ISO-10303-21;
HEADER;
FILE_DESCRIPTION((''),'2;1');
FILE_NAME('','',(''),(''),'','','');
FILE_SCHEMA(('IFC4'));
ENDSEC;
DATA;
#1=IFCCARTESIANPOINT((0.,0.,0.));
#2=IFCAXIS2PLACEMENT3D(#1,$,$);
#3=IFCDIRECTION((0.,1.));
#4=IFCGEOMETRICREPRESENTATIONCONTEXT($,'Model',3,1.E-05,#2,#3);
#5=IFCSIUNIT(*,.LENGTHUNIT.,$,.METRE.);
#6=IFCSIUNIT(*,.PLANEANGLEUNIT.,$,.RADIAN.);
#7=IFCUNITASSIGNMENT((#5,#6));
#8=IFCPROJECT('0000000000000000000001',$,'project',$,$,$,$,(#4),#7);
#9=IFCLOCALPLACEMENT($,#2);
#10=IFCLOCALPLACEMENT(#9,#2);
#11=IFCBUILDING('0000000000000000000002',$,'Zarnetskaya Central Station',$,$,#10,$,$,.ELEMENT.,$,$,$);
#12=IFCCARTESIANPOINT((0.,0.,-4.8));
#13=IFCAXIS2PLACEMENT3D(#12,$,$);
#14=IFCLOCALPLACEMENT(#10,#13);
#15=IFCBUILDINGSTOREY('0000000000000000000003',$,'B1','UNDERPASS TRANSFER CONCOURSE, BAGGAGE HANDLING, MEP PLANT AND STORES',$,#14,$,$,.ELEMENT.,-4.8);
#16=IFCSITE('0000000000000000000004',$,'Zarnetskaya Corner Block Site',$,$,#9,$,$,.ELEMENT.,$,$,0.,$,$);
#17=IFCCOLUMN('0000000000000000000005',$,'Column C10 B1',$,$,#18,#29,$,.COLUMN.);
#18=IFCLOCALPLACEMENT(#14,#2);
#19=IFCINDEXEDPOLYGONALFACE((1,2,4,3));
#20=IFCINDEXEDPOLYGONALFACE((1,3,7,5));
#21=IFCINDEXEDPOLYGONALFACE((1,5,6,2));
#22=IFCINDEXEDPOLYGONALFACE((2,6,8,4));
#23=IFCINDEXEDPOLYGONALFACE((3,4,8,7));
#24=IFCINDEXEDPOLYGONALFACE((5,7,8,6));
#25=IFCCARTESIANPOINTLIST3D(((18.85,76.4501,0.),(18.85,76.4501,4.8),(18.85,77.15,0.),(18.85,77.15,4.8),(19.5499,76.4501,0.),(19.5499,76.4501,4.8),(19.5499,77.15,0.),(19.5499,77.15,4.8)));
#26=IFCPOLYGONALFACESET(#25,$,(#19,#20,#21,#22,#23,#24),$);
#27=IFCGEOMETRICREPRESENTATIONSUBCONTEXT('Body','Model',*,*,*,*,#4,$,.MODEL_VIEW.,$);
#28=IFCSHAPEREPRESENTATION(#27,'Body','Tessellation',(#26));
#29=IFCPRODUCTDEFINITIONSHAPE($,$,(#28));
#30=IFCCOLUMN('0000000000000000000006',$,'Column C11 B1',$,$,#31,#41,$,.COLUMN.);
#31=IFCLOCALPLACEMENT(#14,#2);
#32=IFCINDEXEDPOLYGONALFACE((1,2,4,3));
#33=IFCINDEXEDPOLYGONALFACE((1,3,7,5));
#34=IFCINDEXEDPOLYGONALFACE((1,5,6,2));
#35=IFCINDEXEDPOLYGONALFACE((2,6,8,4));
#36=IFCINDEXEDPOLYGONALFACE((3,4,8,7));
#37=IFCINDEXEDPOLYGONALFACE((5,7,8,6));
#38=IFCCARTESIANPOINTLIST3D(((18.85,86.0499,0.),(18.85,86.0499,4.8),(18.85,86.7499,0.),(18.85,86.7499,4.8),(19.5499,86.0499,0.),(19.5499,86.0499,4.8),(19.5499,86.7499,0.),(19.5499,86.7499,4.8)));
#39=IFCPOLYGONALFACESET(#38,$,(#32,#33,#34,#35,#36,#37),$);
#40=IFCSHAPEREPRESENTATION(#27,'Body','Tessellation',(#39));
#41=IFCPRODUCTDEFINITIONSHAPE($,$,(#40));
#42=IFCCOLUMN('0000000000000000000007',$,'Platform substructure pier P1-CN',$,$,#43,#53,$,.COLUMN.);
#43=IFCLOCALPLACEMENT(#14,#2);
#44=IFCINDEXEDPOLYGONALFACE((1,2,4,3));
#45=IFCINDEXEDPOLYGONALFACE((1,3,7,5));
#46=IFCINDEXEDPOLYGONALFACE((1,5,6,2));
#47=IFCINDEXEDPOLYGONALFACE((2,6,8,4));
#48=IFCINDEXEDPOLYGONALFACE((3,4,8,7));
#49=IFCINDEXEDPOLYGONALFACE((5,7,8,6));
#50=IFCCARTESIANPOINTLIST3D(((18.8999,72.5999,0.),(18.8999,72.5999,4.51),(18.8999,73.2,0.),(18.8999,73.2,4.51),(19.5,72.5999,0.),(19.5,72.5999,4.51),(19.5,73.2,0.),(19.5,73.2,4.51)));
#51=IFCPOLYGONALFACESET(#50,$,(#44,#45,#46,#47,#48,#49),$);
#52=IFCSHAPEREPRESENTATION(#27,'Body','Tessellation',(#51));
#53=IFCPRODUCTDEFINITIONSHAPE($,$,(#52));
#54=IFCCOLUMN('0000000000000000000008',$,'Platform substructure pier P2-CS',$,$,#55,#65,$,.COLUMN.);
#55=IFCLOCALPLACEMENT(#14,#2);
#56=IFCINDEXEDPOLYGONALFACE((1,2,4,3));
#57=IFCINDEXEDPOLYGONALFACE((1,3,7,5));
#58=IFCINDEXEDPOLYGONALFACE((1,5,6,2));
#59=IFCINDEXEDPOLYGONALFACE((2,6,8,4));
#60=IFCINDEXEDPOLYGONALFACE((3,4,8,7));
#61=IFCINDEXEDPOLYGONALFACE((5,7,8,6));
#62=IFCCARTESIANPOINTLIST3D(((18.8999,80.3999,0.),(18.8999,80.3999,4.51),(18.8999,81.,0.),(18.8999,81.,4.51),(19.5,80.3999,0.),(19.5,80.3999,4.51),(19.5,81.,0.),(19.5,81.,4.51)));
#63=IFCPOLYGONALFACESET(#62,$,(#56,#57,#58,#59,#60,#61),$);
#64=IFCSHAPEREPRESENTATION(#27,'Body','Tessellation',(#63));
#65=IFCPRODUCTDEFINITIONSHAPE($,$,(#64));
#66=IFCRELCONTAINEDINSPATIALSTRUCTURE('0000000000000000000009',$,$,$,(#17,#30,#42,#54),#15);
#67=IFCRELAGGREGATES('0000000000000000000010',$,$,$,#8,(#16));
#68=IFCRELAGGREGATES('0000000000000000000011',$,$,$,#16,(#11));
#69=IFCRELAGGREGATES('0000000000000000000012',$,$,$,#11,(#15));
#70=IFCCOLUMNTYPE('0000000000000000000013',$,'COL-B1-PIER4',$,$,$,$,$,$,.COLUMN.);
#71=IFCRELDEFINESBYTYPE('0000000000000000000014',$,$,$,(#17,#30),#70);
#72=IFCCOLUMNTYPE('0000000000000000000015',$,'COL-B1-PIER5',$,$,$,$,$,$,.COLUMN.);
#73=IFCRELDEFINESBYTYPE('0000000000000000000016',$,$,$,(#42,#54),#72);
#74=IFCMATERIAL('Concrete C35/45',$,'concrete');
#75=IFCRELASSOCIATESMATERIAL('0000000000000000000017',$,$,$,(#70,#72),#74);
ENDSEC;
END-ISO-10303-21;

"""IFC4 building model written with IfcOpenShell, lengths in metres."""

from ifc_helpers import new_model, si_unit, direction, frame, origin, origin_2d, place, context, subcontext, project, spatial, rectangle, extrude, material, material_profile, profile_set, type_object, element, save


model = new_model("IFC4")

# Units and contexts
model_context = context("Model", 3, precision=1e-05, world=origin(), true_north=direction((0.0, 1.0)))
body_context = subcontext(model_context, "Body", "Model", "MODEL_VIEW")
ifc_project = project(units=[si_unit("LENGTHUNIT", "METRE"), si_unit("PLANEANGLEUNIT", "RADIAN")], contexts=[model_context])

# Site, building, storey
site_placement = place(None, origin())
site = spatial("IfcSite", under=ifc_project, at=site_placement, Name="Zarnetskaya Corner Block Site", CompositionType="ELEMENT", RefElevation=0.0)
building_placement = place(site_placement, origin())
building = spatial("IfcBuilding", under=site, at=building_placement, Name="Zarnetskaya Central Station", CompositionType="ELEMENT")
storey_placement = place(building_placement, frame((0.0, 0.0, -4.8)))
storey = spatial("IfcBuildingStorey", under=building, at=storey_placement, Name="B1", Description="UNDERPASS TRANSFER CONCOURSE, BAGGAGE HANDLING, MEP PLANT AND STORES", CompositionType="ELEMENT", Elevation=-4.8)

# Shared definitions
ifc_material = material(Name="Concrete C35/45", Category="concrete")

# Columns
ifc_material_profile_1 = material_profile(ifc_material, rectangle(XDim=0.7, YDim=0.7, at=origin_2d()), Name="RC 700x700")
ifc_profile_set_1 = profile_set([ifc_material_profile_1], Name="Concrete C35/45")
column_type_1 = type_object("IfcColumnType", Name="COL-B1-PIER4", PredefinedType="COLUMN", material=ifc_profile_set_1)
for number, where, z_axis, x_axis, name in (
    (1, (19.2, 76.8, 0.0), (0.0, 0.0, 1.0), (1.0, 0.0, 0.0), "Column C10 B1"),
    (2, (19.2, 86.3999, 0.0), (0.0, 0.0, 1.0), (1.0, 0.0, 0.0), "Column C11 B1"),
):
    element("IfcColumn", number, at=place(storey_placement, frame(where, z_axis=z_axis, x_axis=x_axis)), inside=storey, type_object=column_type_1, Name=name, PredefinedType="COLUMN", context=body_context, shape_type="SweptSolid", body=[
        extrude(rectangle(XDim=0.7, YDim=0.7, at=origin_2d()), origin(), (0.0, 0.0, 1.0), 4.8),
    ])
ifc_material_profile_2 = material_profile(ifc_material, rectangle(XDim=0.6001, YDim=0.6001, at=origin_2d()), Name="RC 600x600")
ifc_profile_set_2 = profile_set([ifc_material_profile_2], Name="Concrete C35/45")
column_type_2 = type_object("IfcColumnType", Name="COL-B1-PIER5", PredefinedType="COLUMN", material=ifc_profile_set_2)
for number, where, z_axis, x_axis, name in (
    (3, (19.2, 72.8999, 0.0), (0.0, 0.0, 1.0), (1.0, 0.0, 0.0), "Platform substructure pier P1-CN"),
    (4, (19.2, 80.7, 0.0), (0.0, 0.0, 1.0), (1.0, 0.0, 0.0), "Platform substructure pier P2-CS"),
):
    element("IfcColumn", number, at=place(storey_placement, frame(where, z_axis=z_axis, x_axis=x_axis)), inside=storey, type_object=column_type_2, Name=name, PredefinedType="COLUMN", context=body_context, shape_type="SweptSolid", body=[
        extrude(rectangle(XDim=0.6001, YDim=0.6001, at=origin_2d()), origin(), (0.0, 0.0, 1.0), 4.51),
    ])

save(model, "model.ifc")
